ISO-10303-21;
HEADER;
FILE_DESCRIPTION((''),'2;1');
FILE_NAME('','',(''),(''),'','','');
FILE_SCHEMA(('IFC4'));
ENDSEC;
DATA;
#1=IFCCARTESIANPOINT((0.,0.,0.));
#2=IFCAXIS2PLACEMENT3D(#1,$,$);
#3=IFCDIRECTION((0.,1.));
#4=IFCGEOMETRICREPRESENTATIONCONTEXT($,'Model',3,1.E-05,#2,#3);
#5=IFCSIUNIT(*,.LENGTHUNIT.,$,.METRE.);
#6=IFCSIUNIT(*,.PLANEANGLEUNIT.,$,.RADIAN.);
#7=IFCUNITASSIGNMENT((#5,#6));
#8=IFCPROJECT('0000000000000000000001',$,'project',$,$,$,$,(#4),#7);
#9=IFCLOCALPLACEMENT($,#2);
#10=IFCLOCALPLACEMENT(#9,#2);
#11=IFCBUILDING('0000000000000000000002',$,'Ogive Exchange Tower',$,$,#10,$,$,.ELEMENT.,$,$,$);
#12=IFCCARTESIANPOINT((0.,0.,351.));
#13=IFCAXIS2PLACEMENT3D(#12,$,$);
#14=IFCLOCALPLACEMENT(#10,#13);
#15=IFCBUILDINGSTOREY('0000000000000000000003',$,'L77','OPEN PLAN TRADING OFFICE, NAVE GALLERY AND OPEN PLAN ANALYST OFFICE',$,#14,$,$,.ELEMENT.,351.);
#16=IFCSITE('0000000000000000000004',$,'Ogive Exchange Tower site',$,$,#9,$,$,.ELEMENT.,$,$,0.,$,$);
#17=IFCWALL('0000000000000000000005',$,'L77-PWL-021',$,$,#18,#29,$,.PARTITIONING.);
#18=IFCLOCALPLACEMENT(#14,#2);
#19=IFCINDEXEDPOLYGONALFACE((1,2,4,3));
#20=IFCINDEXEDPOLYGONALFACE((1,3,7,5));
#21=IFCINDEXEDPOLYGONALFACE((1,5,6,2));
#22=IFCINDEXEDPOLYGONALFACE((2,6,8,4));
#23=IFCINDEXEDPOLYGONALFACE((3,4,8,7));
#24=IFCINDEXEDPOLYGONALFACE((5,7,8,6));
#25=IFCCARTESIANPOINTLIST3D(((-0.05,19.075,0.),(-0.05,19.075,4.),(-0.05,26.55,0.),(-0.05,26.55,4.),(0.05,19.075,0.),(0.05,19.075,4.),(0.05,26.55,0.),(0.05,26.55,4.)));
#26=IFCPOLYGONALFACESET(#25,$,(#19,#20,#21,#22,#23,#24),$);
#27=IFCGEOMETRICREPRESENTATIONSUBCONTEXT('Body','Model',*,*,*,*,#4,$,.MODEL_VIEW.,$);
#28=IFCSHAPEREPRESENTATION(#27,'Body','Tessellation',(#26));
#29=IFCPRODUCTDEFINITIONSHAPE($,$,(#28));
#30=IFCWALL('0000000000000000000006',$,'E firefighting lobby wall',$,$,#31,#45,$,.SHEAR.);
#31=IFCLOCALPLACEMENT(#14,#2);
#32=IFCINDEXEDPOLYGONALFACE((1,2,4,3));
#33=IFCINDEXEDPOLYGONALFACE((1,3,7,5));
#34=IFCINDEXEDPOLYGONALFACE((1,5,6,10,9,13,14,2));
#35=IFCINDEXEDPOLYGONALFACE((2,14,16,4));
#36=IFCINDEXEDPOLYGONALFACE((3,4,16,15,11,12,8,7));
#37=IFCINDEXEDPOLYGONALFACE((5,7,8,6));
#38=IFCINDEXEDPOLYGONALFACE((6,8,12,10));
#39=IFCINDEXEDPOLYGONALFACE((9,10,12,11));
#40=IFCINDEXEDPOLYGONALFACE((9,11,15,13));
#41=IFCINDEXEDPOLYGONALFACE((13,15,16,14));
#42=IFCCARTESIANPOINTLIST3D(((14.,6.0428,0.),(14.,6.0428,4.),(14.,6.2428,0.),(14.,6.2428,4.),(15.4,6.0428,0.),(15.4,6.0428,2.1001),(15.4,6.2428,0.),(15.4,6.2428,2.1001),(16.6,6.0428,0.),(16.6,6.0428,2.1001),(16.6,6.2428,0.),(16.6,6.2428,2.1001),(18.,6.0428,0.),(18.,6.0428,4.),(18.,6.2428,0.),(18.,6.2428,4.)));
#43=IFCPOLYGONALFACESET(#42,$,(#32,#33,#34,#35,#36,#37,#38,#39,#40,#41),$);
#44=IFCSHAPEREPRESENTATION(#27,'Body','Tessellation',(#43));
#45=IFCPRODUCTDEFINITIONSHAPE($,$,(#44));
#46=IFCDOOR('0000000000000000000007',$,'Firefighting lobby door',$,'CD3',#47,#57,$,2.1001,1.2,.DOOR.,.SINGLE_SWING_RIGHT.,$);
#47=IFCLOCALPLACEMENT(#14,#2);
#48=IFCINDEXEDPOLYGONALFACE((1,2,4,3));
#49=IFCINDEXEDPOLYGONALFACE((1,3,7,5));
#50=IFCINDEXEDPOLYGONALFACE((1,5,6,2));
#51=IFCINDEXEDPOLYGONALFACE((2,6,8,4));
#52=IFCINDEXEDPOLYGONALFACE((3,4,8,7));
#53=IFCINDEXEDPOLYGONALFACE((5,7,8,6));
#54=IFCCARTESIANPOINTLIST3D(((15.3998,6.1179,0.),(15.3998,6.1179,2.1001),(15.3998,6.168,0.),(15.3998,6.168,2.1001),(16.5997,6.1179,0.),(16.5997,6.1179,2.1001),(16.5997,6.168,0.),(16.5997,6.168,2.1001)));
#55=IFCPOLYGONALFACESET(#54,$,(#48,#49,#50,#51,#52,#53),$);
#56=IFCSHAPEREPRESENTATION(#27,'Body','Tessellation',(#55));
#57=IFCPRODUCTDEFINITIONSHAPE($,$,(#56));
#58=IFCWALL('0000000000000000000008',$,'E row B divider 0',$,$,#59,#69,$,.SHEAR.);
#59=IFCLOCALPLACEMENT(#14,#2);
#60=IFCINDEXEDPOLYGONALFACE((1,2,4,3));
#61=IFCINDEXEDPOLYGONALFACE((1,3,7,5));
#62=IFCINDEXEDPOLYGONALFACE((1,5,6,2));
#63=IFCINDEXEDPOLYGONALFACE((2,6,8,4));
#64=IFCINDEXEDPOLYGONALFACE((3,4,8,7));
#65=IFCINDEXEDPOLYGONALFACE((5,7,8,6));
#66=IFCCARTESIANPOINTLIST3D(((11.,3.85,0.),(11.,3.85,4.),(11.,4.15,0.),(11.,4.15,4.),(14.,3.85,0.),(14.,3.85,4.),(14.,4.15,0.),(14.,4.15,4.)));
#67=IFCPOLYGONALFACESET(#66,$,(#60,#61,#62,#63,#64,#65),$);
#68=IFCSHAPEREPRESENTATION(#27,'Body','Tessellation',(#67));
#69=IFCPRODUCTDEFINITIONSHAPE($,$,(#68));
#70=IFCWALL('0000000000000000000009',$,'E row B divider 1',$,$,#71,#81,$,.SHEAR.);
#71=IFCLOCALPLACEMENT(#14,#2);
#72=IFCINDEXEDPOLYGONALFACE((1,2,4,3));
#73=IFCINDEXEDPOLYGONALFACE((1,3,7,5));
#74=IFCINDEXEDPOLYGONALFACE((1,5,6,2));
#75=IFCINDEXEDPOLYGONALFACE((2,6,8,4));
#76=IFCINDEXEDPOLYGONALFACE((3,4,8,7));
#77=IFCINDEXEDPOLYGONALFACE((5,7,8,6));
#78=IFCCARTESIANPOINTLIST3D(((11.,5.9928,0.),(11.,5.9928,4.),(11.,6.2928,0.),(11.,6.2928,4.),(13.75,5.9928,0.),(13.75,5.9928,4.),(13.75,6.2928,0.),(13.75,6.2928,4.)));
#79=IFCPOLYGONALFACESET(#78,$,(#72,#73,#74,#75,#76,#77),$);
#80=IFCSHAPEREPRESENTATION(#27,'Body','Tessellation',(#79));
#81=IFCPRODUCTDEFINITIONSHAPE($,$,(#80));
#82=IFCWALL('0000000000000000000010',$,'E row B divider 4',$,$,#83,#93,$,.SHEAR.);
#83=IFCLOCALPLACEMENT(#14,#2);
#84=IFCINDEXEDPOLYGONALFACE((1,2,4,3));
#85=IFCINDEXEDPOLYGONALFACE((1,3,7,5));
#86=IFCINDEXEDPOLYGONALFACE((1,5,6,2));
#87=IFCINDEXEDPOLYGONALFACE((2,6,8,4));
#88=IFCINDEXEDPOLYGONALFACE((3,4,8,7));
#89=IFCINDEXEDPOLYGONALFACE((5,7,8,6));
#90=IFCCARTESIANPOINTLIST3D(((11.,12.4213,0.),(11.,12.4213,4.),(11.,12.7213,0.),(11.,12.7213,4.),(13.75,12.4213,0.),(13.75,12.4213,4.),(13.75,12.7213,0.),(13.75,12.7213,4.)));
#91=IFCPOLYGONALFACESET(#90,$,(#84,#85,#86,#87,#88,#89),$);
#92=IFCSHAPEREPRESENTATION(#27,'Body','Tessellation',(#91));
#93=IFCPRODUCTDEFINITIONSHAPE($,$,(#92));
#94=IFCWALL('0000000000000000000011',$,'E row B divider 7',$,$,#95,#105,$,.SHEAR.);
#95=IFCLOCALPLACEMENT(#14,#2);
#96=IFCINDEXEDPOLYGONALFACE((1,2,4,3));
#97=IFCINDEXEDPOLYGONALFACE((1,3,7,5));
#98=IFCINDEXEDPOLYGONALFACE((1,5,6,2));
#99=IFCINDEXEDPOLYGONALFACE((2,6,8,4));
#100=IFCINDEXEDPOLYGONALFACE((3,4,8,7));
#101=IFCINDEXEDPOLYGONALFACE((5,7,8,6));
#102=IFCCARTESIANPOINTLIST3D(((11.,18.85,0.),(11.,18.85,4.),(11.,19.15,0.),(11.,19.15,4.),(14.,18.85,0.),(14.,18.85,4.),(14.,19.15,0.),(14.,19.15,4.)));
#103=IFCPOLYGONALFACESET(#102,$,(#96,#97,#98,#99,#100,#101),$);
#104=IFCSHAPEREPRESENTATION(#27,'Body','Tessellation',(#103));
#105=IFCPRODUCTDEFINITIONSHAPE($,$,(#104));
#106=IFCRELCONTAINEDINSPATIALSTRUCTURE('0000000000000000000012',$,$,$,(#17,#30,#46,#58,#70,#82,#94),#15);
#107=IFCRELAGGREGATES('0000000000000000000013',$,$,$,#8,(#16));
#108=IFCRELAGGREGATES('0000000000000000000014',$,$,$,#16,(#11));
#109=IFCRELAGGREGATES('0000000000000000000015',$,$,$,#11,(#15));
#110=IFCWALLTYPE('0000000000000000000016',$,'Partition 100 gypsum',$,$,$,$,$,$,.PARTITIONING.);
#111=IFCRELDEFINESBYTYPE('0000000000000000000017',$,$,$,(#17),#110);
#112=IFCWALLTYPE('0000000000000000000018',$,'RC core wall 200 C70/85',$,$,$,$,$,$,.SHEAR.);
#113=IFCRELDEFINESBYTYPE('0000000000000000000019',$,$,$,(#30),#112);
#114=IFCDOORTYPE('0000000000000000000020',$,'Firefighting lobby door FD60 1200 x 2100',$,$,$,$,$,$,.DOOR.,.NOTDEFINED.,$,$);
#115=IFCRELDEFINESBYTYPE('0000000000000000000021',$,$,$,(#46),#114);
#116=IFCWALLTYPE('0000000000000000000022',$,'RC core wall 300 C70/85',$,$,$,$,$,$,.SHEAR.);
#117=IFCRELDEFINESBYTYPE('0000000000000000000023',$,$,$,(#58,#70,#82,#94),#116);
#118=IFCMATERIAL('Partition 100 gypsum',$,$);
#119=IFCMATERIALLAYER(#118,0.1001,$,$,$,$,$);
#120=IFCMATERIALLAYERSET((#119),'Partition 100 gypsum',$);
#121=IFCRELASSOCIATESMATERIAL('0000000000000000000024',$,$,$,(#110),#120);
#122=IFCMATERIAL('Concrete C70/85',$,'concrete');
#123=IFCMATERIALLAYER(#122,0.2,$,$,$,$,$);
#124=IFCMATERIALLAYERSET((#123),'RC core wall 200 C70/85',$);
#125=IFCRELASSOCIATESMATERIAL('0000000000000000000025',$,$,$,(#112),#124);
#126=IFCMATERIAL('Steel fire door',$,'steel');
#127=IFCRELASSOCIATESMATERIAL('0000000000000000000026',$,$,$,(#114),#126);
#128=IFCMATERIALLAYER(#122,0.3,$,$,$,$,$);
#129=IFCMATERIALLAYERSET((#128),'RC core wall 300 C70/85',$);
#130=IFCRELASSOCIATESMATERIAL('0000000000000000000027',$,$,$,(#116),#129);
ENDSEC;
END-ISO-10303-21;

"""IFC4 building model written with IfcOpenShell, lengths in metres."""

from ifc_helpers import new_model, si_unit, direction, frame, frame_2d, origin, place, context, subcontext, project, spatial, rectangle, extrude, material, layer, layer_set, type_object, element, fill, save


model = new_model("IFC4")

# Units and contexts
model_context = context("Model", 3, precision=1e-05, world=origin(), true_north=direction((0.0, 1.0)))
body_context = subcontext(model_context, "Body", "Model", "MODEL_VIEW")
ifc_project = project(units=[si_unit("LENGTHUNIT", "METRE"), si_unit("PLANEANGLEUNIT", "RADIAN")], contexts=[model_context])

# Site, building, storey
site_placement = place(None, origin())
site = spatial("IfcSite", under=ifc_project, at=site_placement, Name="Ogive Exchange Tower site", CompositionType="ELEMENT", RefElevation=0.0)
building_placement = place(site_placement, origin())
building = spatial("IfcBuilding", under=site, at=building_placement, Name="Ogive Exchange Tower", CompositionType="ELEMENT")
storey_placement = place(building_placement, frame((0.0, 0.0, 351.0)))
storey = spatial("IfcBuildingStorey", under=building, at=storey_placement, Name="L77", Description="OPEN PLAN TRADING OFFICE, NAVE GALLERY AND OPEN PLAN ANALYST OFFICE", CompositionType="ELEMENT", Elevation=351.0)

# Wall
ifc_material_1 = material(Name="Partition 100 gypsum")
ifc_layer_1 = layer(ifc_material_1, 0.1001)
ifc_layer_set_1 = layer_set([ifc_layer_1], Name="Partition 100 gypsum")
wall_type_1 = type_object("IfcWallType", Name="Partition 100 gypsum", PredefinedType="PARTITIONING", material=ifc_layer_set_1)
wall_1_placement = place(storey_placement, frame((0.0, 19.075, 0.0), z_axis=(0.0, 0.0, 1.0), x_axis=(0.0, 1.0, 0.0)))
element("IfcWall", 1, at=wall_1_placement, inside=storey, type_object=wall_type_1, Name="L77-PWL-021", PredefinedType="PARTITIONING", context=body_context, shape_type="SweptSolid", body=[
    extrude(rectangle(XDim=7.4751, YDim=0.1001, at=frame_2d((3.7375, 0.0))), origin(), (0.0, 0.0, 1.0), 4.0),
])

# Wall, opening, door
ifc_material_2 = material(Name="Concrete C70/85", Category="concrete")
ifc_layer_2 = layer(ifc_material_2, 0.2)
ifc_layer_set_2 = layer_set([ifc_layer_2], Name="RC core wall 200 C70/85")
wall_type_2 = type_object("IfcWallType", Name="RC core wall 200 C70/85", PredefinedType="SHEAR", material=ifc_layer_set_2)
wall_2_placement = place(storey_placement, frame((14.0, 6.1428, 0.0), z_axis=(0.0, 0.0, 1.0), x_axis=(1.0, 0.0, 0.0)))
wall_2 = element("IfcWall", 2, at=wall_2_placement, inside=storey, type_object=wall_type_2, Name="E firefighting lobby wall", PredefinedType="SHEAR", context=body_context, shape_type="SweptSolid", body=[
    extrude(rectangle(XDim=4.0, YDim=0.2, at=frame_2d((2.0, 0.0))), origin(), (0.0, 0.0, 1.0), 4.0),
])
opening_1_placement = place(wall_2_placement, frame((1.3999, 0.0, 0.0)))
opening_1 = element("IfcOpeningElement", 3, at=opening_1_placement, cuts=wall_2, PredefinedType="OPENING", context=body_context, shape_type="SweptSolid", body=[
    extrude(rectangle(XDim=1.2, YDim=2.1001, at=frame_2d((0.6001, 1.05))), frame((0.0, 0.1099, 0.0), z_axis=(0.0, -1.0, 0.0), x_axis=(1.0, 0.0, 0.0)), (0.0, 0.0, 1.0), 0.22),
])
ifc_material_3 = material(Name="Steel fire door", Category="steel")
door_type_1 = type_object("IfcDoorType", Name="Firefighting lobby door FD60 1200 x 2100", OperationType="NOTDEFINED", PredefinedType="DOOR", material=ifc_material_3)
door_1_placement = place(opening_1_placement, frame((1.2, 0.0, 0.0), z_axis=(0.0, 0.0, 1.0), x_axis=(-1.0, 0.0, 0.0)))
door_1 = element("IfcDoor", 4, at=door_1_placement, inside=storey, type_object=door_type_1, Name="Firefighting lobby door", ObjectType="CD3", OperationType="SINGLE_SWING_RIGHT", OverallHeight=2.1001, OverallWidth=1.2, PredefinedType="DOOR", context=body_context, shape_type="SweptSolid", body=[
    extrude(rectangle(XDim=1.2, YDim=2.1001, at=frame_2d((0.6001, 1.05))), frame((0.0, 0.0249, 0.0), z_axis=(0.0, -1.0, 0.0), x_axis=(1.0, 0.0, 0.0)), (0.0, 0.0, 1.0), 0.05),
])
fill(opening_1, door_1)

# Walls
ifc_layer_3 = layer(ifc_material_2, 0.3)
ifc_layer_set_3 = layer_set([ifc_layer_3], Name="RC core wall 300 C70/85")
wall_type_3 = type_object("IfcWallType", Name="RC core wall 300 C70/85", PredefinedType="SHEAR", material=ifc_layer_set_3)
wall_3_placement = place(storey_placement, frame((11.0, 4.0, 0.0), z_axis=(0.0, 0.0, 1.0), x_axis=(1.0, 0.0, 0.0)))
element("IfcWall", 5, at=wall_3_placement, inside=storey, type_object=wall_type_3, Name="E row B divider 0", PredefinedType="SHEAR", context=body_context, shape_type="SweptSolid", body=[
    extrude(rectangle(XDim=3.0, YDim=0.3, at=frame_2d((1.5, 0.0))), origin(), (0.0, 0.0, 1.0), 4.0),
])
for number, where, z_axis, x_axis, name in (
    (6, (11.0, 6.1428, 0.0), (0.0, 0.0, 1.0), (1.0, 0.0, 0.0), "E row B divider 1"),
    (7, (11.0, 12.5713, 0.0), (0.0, 0.0, 1.0), (1.0, 0.0, 0.0), "E row B divider 4"),
):
    element("IfcWall", number, at=place(storey_placement, frame(where, z_axis=z_axis, x_axis=x_axis)), inside=storey, type_object=wall_type_3, Name=name, PredefinedType="SHEAR", context=body_context, shape_type="SweptSolid", body=[
        extrude(rectangle(XDim=2.75, YDim=0.3, at=frame_2d((1.375, 0.0))), origin(), (0.0, 0.0, 1.0), 4.0),
    ])
wall_4_placement = place(storey_placement, frame((11.0, 19.0, 0.0), z_axis=(0.0, 0.0, 1.0), x_axis=(1.0, 0.0, 0.0)))
element("IfcWall", 8, at=wall_4_placement, inside=storey, type_object=wall_type_3, Name="E row B divider 7", PredefinedType="SHEAR", context=body_context, shape_type="SweptSolid", body=[
    extrude(rectangle(XDim=3.0, YDim=0.3, at=frame_2d((1.5, 0.0))), origin(), (0.0, 0.0, 1.0), 4.0),
])

save(model, "model.ifc")
